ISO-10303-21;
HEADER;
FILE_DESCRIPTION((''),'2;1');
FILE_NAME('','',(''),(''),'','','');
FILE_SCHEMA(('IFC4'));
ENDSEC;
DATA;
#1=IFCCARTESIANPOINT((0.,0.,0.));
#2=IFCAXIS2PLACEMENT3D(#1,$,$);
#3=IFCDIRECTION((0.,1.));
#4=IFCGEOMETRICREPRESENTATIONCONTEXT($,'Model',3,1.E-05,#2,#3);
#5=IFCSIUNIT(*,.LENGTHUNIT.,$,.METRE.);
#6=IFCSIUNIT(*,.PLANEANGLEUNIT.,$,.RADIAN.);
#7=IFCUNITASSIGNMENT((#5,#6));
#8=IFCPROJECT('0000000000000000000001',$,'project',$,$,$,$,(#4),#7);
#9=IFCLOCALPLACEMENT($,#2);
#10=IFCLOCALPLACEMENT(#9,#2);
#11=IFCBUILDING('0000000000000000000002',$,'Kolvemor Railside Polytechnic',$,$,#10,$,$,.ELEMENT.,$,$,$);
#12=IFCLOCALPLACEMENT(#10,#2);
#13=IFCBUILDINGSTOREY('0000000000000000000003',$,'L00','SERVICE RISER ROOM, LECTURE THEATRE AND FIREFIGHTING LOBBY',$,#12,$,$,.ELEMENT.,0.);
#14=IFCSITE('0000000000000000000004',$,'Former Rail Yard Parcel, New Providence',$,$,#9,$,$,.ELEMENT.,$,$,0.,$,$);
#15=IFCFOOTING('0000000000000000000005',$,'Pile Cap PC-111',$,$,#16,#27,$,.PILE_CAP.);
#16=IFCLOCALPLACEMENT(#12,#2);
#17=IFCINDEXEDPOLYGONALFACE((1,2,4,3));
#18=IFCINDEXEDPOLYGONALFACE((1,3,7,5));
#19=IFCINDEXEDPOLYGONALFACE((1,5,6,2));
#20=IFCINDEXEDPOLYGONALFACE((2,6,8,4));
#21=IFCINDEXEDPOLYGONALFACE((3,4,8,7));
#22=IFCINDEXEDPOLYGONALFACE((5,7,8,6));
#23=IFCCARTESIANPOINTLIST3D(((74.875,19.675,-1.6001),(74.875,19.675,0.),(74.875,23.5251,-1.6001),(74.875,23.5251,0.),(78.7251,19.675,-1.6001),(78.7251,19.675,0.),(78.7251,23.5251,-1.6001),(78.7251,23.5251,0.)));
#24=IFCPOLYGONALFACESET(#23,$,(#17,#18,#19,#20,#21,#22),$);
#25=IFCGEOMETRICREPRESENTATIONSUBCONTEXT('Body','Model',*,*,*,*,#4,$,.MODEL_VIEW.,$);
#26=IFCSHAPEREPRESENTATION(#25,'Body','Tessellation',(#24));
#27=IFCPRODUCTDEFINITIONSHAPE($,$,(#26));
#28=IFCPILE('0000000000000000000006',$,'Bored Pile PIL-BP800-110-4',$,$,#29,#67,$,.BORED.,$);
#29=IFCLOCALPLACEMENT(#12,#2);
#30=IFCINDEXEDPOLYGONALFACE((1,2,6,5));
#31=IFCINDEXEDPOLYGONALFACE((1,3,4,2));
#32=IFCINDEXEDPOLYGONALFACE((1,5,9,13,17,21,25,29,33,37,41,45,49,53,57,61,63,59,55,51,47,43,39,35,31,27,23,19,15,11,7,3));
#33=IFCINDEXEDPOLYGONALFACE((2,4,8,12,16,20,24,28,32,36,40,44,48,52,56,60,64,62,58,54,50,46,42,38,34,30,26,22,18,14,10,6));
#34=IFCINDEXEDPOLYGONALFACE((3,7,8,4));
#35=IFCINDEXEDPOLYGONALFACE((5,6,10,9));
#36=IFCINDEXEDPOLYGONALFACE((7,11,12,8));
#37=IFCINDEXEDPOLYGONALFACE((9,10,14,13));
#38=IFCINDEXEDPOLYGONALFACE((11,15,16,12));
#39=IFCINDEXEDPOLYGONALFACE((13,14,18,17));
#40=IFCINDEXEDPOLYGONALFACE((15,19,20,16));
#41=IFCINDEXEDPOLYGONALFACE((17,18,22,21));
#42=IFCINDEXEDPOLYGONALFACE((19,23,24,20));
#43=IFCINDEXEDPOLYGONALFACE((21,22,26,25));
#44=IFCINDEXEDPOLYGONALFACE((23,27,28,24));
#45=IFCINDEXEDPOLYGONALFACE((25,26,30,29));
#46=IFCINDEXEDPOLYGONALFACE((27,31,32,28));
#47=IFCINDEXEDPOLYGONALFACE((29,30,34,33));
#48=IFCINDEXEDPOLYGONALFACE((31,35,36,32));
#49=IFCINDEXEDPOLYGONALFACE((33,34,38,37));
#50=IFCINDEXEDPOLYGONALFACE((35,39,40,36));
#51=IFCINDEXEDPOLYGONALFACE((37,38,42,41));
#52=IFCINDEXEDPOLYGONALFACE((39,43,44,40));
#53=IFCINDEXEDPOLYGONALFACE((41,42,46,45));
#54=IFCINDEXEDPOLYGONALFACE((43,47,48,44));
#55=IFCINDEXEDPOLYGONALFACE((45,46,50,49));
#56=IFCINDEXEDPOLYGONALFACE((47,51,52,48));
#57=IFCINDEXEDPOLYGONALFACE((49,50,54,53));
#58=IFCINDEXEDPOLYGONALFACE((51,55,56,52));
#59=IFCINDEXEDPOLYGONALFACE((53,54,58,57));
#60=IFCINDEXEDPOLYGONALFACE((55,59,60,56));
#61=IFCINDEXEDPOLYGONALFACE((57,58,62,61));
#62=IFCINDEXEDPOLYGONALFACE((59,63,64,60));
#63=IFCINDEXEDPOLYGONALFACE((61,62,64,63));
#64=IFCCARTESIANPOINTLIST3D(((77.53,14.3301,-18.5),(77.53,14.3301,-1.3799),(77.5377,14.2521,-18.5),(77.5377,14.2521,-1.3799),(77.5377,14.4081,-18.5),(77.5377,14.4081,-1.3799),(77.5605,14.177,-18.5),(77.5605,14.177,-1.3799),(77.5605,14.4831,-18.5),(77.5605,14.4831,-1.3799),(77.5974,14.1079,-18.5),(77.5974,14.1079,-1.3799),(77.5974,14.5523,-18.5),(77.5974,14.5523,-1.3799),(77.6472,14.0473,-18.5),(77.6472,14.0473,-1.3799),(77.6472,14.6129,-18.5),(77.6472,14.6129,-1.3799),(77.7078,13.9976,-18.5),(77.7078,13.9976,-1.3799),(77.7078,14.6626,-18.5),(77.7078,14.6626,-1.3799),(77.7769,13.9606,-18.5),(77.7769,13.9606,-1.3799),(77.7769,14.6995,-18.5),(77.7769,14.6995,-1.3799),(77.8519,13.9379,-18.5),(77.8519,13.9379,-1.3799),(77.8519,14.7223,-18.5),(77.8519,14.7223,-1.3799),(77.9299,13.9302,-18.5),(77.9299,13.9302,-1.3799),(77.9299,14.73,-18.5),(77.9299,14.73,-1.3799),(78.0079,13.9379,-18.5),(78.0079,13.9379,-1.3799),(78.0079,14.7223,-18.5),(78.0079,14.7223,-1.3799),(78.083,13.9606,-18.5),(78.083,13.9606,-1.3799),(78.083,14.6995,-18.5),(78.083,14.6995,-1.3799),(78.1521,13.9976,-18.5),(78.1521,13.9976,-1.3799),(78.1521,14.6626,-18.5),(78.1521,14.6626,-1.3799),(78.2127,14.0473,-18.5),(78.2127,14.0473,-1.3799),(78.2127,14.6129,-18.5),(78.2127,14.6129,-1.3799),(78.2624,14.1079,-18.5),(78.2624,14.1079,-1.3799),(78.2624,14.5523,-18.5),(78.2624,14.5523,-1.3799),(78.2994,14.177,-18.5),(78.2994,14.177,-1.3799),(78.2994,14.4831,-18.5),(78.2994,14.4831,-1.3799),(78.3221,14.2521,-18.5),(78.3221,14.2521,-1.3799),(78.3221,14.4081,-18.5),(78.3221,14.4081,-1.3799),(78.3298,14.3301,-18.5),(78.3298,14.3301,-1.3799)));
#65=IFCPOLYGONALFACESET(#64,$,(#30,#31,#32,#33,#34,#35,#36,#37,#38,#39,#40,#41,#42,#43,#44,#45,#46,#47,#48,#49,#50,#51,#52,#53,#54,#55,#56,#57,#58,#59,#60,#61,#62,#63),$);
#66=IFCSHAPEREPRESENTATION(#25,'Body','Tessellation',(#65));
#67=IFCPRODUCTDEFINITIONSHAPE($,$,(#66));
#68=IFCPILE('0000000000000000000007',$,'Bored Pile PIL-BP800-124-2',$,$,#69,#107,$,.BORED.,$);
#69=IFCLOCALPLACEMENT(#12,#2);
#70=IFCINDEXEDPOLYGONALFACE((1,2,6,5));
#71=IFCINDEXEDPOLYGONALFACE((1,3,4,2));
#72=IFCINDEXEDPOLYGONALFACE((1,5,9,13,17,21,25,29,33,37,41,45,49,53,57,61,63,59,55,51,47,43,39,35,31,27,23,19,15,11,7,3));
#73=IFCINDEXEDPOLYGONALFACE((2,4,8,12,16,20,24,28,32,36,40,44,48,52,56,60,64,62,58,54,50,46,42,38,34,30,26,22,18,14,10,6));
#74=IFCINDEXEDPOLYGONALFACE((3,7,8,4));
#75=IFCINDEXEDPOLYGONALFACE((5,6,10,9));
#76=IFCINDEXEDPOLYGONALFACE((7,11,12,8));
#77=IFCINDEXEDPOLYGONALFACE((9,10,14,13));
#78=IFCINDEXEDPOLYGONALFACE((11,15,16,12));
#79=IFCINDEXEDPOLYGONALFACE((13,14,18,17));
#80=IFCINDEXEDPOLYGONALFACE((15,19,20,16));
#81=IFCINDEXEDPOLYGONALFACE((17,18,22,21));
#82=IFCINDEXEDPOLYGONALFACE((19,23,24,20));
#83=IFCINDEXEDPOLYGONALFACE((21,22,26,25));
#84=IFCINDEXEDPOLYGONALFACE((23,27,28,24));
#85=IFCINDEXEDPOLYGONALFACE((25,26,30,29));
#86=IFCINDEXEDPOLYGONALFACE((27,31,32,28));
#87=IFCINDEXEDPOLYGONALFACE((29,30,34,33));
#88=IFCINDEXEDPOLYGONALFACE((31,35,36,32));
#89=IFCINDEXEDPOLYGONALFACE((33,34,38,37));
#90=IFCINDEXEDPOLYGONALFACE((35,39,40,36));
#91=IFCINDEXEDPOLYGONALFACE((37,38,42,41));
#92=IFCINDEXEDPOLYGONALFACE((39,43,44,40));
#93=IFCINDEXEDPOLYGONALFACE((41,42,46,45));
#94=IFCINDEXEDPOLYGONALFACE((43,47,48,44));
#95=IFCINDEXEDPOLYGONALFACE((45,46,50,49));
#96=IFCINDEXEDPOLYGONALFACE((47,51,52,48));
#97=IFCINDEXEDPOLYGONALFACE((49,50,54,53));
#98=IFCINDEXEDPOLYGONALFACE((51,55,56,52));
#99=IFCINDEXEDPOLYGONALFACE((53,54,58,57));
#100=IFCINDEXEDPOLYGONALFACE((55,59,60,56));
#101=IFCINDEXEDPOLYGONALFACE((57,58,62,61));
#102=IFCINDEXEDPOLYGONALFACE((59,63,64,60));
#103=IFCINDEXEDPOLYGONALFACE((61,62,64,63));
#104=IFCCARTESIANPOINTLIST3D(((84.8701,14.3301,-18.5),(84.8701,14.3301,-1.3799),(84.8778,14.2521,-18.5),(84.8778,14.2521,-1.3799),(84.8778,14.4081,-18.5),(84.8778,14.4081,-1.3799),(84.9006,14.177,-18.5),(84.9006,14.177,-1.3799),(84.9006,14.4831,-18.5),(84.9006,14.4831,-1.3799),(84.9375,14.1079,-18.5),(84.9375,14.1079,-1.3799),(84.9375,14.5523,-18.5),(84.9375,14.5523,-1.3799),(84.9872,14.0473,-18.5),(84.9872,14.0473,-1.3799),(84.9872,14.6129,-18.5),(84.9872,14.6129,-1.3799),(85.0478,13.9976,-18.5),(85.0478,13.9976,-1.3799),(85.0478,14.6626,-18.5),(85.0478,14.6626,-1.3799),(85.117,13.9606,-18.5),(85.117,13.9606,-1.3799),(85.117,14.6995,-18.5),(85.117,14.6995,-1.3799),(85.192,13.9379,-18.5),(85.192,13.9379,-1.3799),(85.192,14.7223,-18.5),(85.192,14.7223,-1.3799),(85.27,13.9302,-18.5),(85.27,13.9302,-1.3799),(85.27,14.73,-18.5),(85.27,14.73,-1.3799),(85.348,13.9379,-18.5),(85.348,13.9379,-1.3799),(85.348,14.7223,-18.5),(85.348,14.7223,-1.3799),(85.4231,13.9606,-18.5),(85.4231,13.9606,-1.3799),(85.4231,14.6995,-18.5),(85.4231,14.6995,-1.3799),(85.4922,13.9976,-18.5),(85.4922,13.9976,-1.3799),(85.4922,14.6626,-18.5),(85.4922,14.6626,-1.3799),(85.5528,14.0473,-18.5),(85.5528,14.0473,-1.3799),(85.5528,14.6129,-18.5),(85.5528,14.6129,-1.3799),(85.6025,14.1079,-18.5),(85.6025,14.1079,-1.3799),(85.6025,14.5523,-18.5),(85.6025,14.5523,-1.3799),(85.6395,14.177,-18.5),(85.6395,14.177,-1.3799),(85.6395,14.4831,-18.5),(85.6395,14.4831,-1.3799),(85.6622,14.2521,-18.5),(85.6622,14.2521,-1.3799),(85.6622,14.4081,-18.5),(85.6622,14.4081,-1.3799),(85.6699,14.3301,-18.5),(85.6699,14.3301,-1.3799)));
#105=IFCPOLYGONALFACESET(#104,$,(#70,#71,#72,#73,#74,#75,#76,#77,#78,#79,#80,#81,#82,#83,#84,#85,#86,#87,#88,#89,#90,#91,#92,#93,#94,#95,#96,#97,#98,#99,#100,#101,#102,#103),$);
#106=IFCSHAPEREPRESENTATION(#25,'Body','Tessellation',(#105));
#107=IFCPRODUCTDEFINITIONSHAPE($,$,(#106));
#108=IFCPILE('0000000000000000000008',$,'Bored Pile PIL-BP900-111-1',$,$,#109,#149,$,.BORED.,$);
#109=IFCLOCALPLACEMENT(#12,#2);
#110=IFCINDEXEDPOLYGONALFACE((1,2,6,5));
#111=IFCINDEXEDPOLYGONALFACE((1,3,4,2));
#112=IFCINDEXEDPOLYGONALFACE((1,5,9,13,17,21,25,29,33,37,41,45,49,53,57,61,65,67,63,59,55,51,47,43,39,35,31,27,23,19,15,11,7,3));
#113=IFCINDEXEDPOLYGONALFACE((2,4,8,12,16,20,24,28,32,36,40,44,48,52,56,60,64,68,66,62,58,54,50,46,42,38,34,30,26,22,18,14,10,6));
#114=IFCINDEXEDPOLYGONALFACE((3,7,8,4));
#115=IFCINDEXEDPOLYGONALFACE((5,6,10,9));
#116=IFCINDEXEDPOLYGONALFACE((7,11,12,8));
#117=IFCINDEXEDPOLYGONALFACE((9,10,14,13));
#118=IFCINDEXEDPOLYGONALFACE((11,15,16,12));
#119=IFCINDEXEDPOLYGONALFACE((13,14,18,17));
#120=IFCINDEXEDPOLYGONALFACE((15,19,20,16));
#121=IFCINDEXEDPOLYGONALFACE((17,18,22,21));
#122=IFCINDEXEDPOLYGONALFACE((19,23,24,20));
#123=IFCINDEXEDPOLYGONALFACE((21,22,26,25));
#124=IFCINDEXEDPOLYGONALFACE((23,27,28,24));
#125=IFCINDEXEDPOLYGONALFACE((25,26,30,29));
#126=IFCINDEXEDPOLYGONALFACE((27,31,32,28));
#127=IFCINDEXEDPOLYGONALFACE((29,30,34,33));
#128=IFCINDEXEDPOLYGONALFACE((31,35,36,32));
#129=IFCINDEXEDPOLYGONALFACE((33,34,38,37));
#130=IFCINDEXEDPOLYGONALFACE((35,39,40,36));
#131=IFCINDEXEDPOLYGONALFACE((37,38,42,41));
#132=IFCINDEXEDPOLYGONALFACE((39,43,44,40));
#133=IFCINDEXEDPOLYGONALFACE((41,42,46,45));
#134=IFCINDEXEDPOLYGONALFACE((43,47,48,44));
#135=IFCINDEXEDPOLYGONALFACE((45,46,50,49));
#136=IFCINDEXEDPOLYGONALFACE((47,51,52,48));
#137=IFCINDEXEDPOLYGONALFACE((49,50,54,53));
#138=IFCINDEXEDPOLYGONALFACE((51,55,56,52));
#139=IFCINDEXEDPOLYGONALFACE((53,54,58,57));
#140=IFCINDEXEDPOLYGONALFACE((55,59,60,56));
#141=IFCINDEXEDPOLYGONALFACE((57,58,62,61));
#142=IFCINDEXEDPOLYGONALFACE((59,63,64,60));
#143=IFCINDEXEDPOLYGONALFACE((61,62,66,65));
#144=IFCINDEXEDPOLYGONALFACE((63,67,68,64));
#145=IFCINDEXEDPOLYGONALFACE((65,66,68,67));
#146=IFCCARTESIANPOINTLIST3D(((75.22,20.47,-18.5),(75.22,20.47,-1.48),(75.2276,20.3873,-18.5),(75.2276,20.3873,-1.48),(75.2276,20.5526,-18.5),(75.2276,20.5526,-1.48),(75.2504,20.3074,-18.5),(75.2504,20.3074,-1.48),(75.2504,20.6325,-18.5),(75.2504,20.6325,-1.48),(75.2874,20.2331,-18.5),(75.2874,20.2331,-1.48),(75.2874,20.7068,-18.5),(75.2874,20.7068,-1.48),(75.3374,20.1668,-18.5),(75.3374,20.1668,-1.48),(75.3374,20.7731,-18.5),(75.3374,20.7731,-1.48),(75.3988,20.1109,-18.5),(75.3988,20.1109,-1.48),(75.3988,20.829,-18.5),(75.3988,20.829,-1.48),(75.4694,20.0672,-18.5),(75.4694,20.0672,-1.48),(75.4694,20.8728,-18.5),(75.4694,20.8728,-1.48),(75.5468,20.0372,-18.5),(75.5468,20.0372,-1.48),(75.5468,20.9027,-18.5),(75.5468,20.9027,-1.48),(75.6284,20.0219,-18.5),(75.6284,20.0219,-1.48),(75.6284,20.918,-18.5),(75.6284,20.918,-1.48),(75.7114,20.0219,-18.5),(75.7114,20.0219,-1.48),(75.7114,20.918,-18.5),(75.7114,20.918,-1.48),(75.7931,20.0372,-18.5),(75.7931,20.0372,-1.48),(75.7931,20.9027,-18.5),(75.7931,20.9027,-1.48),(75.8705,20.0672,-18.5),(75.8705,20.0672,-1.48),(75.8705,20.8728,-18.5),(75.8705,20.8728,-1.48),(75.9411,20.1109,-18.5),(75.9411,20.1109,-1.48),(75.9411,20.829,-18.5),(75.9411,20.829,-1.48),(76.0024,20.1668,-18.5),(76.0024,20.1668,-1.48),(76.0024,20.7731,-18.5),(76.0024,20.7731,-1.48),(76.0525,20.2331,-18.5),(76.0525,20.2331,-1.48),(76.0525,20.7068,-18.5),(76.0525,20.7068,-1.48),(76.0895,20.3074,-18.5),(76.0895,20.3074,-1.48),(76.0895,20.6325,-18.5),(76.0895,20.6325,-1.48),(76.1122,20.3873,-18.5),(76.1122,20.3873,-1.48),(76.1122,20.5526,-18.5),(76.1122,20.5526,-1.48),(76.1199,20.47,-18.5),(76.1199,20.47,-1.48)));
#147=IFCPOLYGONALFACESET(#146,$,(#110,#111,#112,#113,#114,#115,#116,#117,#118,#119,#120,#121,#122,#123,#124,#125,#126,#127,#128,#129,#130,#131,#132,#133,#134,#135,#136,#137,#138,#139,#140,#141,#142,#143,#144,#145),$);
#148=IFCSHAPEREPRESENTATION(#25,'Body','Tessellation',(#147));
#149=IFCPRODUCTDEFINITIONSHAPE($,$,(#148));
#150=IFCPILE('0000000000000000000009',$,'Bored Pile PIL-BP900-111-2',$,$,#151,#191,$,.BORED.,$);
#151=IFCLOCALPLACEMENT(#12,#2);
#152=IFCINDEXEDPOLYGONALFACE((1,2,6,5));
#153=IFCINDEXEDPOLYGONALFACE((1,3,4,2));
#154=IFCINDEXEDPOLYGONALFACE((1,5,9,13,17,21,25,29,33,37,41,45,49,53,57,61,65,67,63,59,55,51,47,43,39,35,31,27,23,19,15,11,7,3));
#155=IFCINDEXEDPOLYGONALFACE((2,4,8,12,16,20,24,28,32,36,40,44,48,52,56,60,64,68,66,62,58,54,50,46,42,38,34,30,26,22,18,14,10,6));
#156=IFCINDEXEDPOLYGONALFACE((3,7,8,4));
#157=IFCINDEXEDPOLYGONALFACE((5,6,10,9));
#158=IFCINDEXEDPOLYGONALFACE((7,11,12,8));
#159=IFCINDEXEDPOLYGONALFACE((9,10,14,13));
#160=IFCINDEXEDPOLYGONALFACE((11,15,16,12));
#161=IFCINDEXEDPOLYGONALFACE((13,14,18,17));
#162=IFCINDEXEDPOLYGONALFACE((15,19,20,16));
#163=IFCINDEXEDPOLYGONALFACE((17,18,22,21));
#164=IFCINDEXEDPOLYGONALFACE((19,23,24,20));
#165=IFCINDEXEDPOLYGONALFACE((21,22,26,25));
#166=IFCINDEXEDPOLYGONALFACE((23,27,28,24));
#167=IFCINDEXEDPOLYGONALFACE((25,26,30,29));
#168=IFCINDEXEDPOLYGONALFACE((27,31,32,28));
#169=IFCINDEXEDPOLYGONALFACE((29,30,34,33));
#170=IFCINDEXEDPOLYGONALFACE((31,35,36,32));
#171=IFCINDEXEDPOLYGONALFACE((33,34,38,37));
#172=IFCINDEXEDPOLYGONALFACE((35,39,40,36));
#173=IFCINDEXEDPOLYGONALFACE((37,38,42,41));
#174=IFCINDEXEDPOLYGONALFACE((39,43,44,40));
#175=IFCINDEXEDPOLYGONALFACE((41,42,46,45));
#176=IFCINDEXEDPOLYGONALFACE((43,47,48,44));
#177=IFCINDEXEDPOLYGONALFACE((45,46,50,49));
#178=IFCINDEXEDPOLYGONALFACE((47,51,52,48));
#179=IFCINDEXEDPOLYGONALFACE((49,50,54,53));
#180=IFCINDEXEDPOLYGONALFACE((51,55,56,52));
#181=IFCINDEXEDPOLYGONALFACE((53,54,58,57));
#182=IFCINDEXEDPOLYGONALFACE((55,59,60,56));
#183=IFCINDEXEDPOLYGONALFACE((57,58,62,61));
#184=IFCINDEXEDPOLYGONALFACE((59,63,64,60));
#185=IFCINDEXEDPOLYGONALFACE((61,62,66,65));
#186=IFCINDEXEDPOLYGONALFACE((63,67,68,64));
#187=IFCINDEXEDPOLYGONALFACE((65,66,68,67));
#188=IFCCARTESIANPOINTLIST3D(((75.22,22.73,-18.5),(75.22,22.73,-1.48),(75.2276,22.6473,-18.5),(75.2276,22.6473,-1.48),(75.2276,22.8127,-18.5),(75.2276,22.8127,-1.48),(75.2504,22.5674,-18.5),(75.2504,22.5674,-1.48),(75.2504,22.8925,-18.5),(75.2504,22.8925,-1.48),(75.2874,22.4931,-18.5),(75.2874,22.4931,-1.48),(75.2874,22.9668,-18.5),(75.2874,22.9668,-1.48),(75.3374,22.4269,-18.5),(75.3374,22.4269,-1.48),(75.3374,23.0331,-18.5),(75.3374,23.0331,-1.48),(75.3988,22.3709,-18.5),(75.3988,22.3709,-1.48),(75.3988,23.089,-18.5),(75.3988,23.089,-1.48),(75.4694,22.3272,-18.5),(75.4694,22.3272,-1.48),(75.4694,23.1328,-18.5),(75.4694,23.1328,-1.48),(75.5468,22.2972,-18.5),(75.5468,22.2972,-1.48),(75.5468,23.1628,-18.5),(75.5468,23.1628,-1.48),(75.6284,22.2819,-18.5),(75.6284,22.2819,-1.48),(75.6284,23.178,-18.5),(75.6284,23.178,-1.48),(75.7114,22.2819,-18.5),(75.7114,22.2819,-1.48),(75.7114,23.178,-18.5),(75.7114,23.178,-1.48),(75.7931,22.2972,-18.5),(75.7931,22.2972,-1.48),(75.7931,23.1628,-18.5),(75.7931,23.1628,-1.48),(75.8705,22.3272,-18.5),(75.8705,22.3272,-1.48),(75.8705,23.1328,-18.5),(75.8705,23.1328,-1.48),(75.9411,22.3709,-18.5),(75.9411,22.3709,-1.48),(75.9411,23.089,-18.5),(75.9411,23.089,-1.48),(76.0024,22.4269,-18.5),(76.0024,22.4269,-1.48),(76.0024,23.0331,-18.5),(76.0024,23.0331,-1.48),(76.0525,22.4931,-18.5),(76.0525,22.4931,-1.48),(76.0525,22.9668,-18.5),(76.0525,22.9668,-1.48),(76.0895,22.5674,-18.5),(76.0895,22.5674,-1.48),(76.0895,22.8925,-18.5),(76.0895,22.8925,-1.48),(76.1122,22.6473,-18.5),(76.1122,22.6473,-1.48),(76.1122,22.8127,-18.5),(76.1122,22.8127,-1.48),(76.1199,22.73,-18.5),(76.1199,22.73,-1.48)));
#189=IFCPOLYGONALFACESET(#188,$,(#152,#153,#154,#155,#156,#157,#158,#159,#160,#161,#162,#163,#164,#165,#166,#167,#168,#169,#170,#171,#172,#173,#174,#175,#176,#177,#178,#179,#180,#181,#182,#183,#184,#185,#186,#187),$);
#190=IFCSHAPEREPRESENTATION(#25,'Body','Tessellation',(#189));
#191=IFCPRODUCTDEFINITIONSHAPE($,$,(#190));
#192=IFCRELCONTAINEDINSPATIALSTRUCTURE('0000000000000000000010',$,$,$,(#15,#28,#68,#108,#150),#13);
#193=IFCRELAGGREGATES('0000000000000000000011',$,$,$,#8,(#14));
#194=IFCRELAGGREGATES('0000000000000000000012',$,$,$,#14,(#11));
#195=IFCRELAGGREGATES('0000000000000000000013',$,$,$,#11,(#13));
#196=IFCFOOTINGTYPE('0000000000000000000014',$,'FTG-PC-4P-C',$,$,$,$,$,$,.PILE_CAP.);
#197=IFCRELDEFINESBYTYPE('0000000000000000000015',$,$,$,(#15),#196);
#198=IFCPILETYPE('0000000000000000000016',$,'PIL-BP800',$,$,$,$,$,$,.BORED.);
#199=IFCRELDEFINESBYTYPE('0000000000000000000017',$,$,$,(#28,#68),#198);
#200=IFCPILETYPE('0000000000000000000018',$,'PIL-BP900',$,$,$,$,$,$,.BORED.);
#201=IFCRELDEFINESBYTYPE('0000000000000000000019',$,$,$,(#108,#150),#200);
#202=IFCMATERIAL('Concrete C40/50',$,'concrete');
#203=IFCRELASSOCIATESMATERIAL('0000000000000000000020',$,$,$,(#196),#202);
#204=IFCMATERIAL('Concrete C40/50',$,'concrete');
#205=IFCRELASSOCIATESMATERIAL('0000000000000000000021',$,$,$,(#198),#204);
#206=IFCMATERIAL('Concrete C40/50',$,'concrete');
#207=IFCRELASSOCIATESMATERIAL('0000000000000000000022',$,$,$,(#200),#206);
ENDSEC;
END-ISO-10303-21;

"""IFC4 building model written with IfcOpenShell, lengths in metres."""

from ifc_helpers import new_model, si_unit, direction, frame, origin, origin_2d, place, context, subcontext, project, spatial, rectangle, circle, extrude, material, material_profile, profile_set, type_object, element, save


model = new_model("IFC4")

# Units and contexts
model_context = context("Model", 3, precision=1e-05, world=origin(), true_north=direction((0.0, 1.0)))
body_context = subcontext(model_context, "Body", "Model", "MODEL_VIEW")
ifc_project = project(units=[si_unit("LENGTHUNIT", "METRE"), si_unit("PLANEANGLEUNIT", "RADIAN")], contexts=[model_context])

# Site, building, storey
site_placement = place(None, origin())
site = spatial("IfcSite", under=ifc_project, at=site_placement, Name="Former Rail Yard Parcel, New Providence", CompositionType="ELEMENT", RefElevation=0.0)
building_placement = place(site_placement, origin())
building = spatial("IfcBuilding", under=site, at=building_placement, Name="Kolvemor Railside Polytechnic", CompositionType="ELEMENT")
storey_placement = place(building_placement, origin())
storey = spatial("IfcBuildingStorey", under=building, at=storey_placement, Name="L00", Description="SERVICE RISER ROOM, LECTURE THEATRE AND FIREFIGHTING LOBBY", CompositionType="ELEMENT", Elevation=0.0)

# Footing
ifc_material_1 = material(Name="Concrete C40/50", Category="concrete")
footing_type = type_object("IfcFootingType", Name="FTG-PC-4P-C", PredefinedType="PILE_CAP", material=ifc_material_1)
footing_placement = place(storey_placement, frame((76.8, 21.6001, -1.6001), z_axis=(0.0, 0.0, 1.0), x_axis=(1.0, 0.0, 0.0)))
element("IfcFooting", 1, at=footing_placement, inside=storey, type_object=footing_type, Name="Pile Cap PC-111", PredefinedType="PILE_CAP", context=body_context, shape_type="SweptSolid", body=[
    extrude(rectangle(XDim=3.8501, YDim=3.8501, at=origin_2d()), origin(), (0.0, 0.0, 1.0), 1.6001),
])

# Piles
ifc_material_2 = material(Name="Concrete C40/50", Category="concrete")
ifc_material_profile_1 = material_profile(ifc_material_2, circle(Radius=0.3999, at=origin_2d()), Name="BP800")
ifc_profile_set_1 = profile_set([ifc_material_profile_1], Name="Concrete C40/50")
pile_type_1 = type_object("IfcPileType", Name="PIL-BP800", PredefinedType="BORED", material=ifc_profile_set_1)
for number, where, z_axis, x_axis, name in (
    (2, (77.9299, 14.3301, -1.3799), (0.0, 0.0, -1.0), (1.0, 0.0, 0.0), "Bored Pile PIL-BP800-110-4"),
    (3, (85.27, 14.3301, -1.3799), (0.0, 0.0, -1.0), (1.0, 0.0, 0.0), "Bored Pile PIL-BP800-124-2"),
):
    element("IfcPile", number, at=place(storey_placement, frame(where, z_axis=z_axis, x_axis=x_axis)), inside=storey, type_object=pile_type_1, Name=name, PredefinedType="BORED", context=body_context, shape_type="SweptSolid", body=[
        extrude(circle(Radius=0.3999, at=origin_2d()), origin(), (0.0, 0.0, 1.0), 17.1201),
    ])
ifc_material_3 = material(Name="Concrete C40/50", Category="concrete")
ifc_material_profile_2 = material_profile(ifc_material_3, circle(Radius=0.45, at=origin_2d()), Name="BP900")
ifc_profile_set_2 = profile_set([ifc_material_profile_2], Name="Concrete C40/50")
pile_type_2 = type_object("IfcPileType", Name="PIL-BP900", PredefinedType="BORED", material=ifc_profile_set_2)
for number, where, z_axis, x_axis, name in (
    (4, (75.6699, 20.47, -1.48), (0.0, 0.0, -1.0), (1.0, 0.0, 0.0), "Bored Pile PIL-BP900-111-1"),
    (5, (75.6699, 22.73, -1.48), (0.0, 0.0, -1.0), (1.0, 0.0, 0.0), "Bored Pile PIL-BP900-111-2"),
):
    element("IfcPile", number, at=place(storey_placement, frame(where, z_axis=z_axis, x_axis=x_axis)), inside=storey, type_object=pile_type_2, Name=name, PredefinedType="BORED", context=body_context, shape_type="SweptSolid", body=[
        extrude(circle(Radius=0.45, at=origin_2d()), origin(), (0.0, 0.0, 1.0), 17.02),
    ])

save(model, "model.ifc")
